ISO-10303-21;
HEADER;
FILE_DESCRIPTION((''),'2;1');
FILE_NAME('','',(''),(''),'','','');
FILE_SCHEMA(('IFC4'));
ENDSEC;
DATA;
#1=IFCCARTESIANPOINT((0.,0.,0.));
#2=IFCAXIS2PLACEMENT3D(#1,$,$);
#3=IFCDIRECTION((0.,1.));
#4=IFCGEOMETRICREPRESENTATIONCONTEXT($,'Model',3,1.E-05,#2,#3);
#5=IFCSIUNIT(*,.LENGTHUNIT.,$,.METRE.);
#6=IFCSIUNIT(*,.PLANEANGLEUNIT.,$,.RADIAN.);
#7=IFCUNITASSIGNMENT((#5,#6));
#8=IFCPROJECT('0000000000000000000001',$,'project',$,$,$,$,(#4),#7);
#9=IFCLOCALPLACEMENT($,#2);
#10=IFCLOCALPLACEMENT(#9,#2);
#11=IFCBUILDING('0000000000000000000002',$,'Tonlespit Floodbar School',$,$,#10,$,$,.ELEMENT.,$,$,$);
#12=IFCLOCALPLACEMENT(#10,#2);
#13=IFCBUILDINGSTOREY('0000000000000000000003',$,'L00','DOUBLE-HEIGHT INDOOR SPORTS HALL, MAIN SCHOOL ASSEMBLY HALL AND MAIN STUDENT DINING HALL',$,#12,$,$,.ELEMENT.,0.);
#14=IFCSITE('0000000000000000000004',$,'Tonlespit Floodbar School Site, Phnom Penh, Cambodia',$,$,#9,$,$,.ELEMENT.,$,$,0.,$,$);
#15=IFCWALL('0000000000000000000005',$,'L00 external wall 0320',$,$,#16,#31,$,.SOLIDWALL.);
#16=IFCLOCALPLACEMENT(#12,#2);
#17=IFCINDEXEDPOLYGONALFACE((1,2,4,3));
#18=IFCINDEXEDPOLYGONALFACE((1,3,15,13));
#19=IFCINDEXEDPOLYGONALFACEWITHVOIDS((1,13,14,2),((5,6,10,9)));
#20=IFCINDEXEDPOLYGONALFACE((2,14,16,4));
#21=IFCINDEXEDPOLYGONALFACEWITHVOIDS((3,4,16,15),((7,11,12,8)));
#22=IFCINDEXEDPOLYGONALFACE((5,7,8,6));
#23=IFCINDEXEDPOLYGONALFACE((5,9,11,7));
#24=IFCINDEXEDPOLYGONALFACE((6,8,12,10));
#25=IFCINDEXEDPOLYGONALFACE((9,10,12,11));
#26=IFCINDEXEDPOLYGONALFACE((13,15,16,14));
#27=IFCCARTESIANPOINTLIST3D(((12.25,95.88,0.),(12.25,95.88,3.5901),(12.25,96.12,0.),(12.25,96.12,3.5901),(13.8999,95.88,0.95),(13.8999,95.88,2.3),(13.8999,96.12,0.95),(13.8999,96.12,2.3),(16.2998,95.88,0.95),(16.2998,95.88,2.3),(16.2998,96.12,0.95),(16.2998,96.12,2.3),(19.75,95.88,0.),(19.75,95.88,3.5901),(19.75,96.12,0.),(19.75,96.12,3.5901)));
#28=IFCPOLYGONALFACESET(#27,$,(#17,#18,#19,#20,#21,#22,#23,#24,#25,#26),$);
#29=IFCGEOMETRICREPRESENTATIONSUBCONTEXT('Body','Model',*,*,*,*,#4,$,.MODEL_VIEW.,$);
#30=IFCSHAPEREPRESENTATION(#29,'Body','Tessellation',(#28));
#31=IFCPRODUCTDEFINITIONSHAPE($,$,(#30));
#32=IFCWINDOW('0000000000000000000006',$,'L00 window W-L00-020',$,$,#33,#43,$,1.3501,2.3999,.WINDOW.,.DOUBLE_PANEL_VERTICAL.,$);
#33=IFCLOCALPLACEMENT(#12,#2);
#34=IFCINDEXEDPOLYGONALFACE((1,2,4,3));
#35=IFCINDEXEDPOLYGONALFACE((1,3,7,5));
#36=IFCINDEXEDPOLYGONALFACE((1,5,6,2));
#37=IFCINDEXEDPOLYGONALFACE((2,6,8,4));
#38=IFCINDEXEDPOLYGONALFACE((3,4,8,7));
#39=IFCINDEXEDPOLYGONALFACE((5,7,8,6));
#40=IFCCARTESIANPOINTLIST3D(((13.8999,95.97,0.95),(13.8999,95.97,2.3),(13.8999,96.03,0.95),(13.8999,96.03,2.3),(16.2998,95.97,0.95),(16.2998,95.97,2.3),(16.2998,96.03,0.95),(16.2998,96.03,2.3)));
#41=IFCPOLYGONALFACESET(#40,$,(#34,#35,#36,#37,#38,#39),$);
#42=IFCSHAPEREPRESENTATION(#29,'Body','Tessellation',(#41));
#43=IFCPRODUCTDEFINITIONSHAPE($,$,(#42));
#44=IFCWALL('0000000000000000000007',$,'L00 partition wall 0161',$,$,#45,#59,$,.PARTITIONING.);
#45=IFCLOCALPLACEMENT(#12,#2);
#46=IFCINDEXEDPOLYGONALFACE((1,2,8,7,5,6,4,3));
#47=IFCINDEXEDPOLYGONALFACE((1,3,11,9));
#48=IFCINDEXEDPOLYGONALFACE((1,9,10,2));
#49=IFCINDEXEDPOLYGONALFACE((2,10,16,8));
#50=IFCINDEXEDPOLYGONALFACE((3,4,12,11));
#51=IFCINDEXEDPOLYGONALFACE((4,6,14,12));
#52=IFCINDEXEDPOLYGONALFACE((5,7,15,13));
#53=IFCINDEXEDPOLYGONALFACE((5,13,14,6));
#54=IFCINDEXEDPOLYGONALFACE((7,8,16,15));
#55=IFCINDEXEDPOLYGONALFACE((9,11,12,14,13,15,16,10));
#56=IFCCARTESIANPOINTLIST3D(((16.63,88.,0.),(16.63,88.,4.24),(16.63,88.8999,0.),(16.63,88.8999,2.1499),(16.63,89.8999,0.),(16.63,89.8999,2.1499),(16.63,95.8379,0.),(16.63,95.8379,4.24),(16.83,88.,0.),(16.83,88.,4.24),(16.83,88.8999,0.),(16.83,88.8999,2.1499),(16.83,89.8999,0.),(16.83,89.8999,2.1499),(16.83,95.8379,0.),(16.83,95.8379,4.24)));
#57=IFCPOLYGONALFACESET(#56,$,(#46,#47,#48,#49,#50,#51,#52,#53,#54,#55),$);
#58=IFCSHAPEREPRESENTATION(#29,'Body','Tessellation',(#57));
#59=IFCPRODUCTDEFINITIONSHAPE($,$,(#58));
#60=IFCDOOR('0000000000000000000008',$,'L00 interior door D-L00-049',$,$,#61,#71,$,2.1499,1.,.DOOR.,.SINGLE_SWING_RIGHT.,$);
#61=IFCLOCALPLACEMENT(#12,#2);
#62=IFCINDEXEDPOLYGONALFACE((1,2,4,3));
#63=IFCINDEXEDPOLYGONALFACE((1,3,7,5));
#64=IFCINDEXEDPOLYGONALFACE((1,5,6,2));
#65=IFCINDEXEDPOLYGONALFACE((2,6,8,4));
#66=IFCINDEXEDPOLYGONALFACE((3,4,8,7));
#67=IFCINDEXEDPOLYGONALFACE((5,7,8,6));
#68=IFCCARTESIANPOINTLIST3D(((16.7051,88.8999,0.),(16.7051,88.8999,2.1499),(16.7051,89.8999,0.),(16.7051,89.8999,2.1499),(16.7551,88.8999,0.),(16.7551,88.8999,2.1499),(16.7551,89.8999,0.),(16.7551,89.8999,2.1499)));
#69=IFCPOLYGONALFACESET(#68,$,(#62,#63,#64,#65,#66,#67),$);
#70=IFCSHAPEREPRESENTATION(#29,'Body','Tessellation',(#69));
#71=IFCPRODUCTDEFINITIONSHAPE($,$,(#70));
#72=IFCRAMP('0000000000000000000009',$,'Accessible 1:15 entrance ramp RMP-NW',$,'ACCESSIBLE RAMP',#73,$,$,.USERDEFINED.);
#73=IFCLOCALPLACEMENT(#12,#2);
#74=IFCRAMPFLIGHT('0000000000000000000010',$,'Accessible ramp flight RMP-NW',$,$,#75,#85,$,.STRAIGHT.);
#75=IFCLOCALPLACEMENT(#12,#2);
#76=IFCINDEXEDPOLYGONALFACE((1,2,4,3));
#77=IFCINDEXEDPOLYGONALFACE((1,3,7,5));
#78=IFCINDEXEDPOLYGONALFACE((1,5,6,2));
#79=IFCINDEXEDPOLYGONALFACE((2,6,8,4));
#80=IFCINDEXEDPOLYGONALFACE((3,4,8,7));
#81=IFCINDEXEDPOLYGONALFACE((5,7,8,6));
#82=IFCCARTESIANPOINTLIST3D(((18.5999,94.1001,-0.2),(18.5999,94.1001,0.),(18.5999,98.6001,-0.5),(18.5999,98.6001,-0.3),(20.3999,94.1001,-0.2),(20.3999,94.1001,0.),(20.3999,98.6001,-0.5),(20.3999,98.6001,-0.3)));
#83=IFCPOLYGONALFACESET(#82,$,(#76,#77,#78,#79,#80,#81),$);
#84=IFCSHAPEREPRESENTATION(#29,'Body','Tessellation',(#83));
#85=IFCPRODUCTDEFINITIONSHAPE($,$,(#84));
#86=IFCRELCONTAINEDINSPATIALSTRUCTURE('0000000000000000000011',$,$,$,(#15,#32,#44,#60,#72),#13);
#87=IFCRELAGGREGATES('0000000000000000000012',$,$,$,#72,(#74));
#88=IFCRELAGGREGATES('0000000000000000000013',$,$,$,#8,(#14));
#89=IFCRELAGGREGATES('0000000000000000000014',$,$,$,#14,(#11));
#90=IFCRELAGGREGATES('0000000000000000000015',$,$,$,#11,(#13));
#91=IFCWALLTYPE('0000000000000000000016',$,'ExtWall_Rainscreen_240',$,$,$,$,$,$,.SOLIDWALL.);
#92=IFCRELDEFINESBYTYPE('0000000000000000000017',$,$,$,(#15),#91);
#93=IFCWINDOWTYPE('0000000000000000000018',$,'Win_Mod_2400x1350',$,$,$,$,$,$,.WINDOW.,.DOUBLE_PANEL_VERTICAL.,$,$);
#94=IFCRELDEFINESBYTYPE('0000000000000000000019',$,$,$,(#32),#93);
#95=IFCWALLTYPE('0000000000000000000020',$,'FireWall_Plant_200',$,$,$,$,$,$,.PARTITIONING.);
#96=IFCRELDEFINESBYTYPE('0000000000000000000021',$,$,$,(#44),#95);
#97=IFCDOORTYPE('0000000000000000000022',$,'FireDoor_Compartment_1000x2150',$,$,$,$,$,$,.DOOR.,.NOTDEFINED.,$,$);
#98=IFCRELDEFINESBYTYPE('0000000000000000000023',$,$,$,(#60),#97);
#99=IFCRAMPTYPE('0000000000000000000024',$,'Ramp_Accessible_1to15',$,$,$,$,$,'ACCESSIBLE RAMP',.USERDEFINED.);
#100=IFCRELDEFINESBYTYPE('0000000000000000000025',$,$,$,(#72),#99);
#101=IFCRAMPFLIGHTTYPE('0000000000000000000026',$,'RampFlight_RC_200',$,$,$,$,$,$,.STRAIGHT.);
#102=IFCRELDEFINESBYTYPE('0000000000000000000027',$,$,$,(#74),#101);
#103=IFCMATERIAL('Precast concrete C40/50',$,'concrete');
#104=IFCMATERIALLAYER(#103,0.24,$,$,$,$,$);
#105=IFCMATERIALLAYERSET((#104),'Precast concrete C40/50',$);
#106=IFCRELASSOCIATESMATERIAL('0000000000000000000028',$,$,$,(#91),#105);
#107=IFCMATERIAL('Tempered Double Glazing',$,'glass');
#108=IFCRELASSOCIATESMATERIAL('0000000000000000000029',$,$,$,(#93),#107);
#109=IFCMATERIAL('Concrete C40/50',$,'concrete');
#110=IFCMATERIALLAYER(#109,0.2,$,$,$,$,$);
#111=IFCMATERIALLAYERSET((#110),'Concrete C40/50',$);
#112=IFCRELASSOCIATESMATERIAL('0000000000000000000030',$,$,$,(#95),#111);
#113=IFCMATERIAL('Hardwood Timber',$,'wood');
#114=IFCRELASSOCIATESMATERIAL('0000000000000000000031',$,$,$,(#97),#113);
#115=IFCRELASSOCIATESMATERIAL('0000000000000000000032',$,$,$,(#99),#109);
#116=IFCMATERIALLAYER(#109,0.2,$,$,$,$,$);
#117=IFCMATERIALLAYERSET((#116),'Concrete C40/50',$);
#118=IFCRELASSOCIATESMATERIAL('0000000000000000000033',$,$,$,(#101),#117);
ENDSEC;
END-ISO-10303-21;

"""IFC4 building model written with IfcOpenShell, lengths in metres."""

from ifc_helpers import new_model, si_unit, direction, frame, frame_2d, origin, place, context, subcontext, project, spatial, polyline, rectangle, outline, extrude, material, layer, layer_set, type_object, element, fill, aggregate, save


model = new_model("IFC4")

# Units and contexts
model_context = context("Model", 3, precision=1e-05, world=origin(), true_north=direction((0.0, 1.0)))
body_context = subcontext(model_context, "Body", "Model", "MODEL_VIEW")
ifc_project = project(units=[si_unit("LENGTHUNIT", "METRE"), si_unit("PLANEANGLEUNIT", "RADIAN")], contexts=[model_context])

# Site, building, storey
site_placement = place(None, origin())
site = spatial("IfcSite", under=ifc_project, at=site_placement, Name="Tonlespit Floodbar School Site, Phnom Penh, Cambodia", CompositionType="ELEMENT", RefElevation=0.0)
building_placement = place(site_placement, origin())
building = spatial("IfcBuilding", under=site, at=building_placement, Name="Tonlespit Floodbar School", CompositionType="ELEMENT")
storey_placement = place(building_placement, origin())
storey = spatial("IfcBuildingStorey", under=building, at=storey_placement, Name="L00", Description="DOUBLE-HEIGHT INDOOR SPORTS HALL, MAIN SCHOOL ASSEMBLY HALL AND MAIN STUDENT DINING HALL", CompositionType="ELEMENT", Elevation=0.0)

# Shared definitions
ifc_material_1 = material(Name="Concrete C40/50", Category="concrete")

# Wall, opening, window
ifc_material_2 = material(Name="Precast concrete C40/50", Category="concrete")
ifc_layer_1 = layer(ifc_material_2, 0.24)
ifc_layer_set_1 = layer_set([ifc_layer_1], Name="Precast concrete C40/50")
wall_type_1 = type_object("IfcWallType", Name="ExtWall_Rainscreen_240", PredefinedType="SOLIDWALL", material=ifc_layer_set_1)
wall_1_placement = place(storey_placement, frame((12.25, 96.0, 0.0), z_axis=(0.0, 0.0, 1.0), x_axis=(1.0, 0.0, 0.0)))
wall_1 = element("IfcWall", 1, at=wall_1_placement, inside=storey, type_object=wall_type_1, Name="L00 external wall 0320", PredefinedType="SOLIDWALL", context=body_context, shape_type="SweptSolid", body=[
    extrude(rectangle(XDim=7.5, YDim=0.24, at=frame_2d((3.75, 0.0))), origin(), (0.0, 0.0, 1.0), 3.5901),
])
opening_1_placement = place(wall_1_placement, frame((1.6499, 0.0, 0.95)))
opening_1 = element("IfcOpeningElement", 2, at=opening_1_placement, cuts=wall_1, PredefinedType="OPENING", context=body_context, shape_type="SweptSolid", body=[
    extrude(rectangle(XDim=2.3999, YDim=1.3501, at=frame_2d((1.2, 0.675))), frame((0.0, 0.1299, 0.0), z_axis=(0.0, -1.0, 0.0), x_axis=(1.0, 0.0, 0.0)), (0.0, 0.0, 1.0), 0.26),
])
ifc_material_3 = material(Name="Tempered Double Glazing", Category="glass")
window_type = type_object("IfcWindowType", Name="Win_Mod_2400x1350", PartitioningType="DOUBLE_PANEL_VERTICAL", PredefinedType="WINDOW", material=ifc_material_3)
window_placement = place(opening_1_placement, origin())
window = element("IfcWindow", 3, at=window_placement, inside=storey, type_object=window_type, Name="L00 window W-L00-020", OverallHeight=1.3501, OverallWidth=2.3999, PartitioningType="DOUBLE_PANEL_VERTICAL", PredefinedType="WINDOW", context=body_context, shape_type="SweptSolid", body=[
    extrude(rectangle(XDim=2.3999, YDim=1.3501, at=frame_2d((1.2, 0.675))), frame((0.0, 0.03, 0.0), z_axis=(0.0, -1.0, 0.0), x_axis=(1.0, 0.0, 0.0)), (0.0, 0.0, 1.0), 0.0601),
])
fill(opening_1, window)

# Wall, opening, door
ifc_layer_2 = layer(ifc_material_1, 0.2)
ifc_layer_set_2 = layer_set([ifc_layer_2], Name="Concrete C40/50")
wall_type_2 = type_object("IfcWallType", Name="FireWall_Plant_200", PredefinedType="PARTITIONING", material=ifc_layer_set_2)
wall_2_placement = place(storey_placement, frame((16.73, 88.0, 0.0), z_axis=(0.0, 0.0, 1.0), x_axis=(0.0, 1.0, 0.0)))
wall_2 = element("IfcWall", 4, at=wall_2_placement, inside=storey, type_object=wall_type_2, Name="L00 partition wall 0161", PredefinedType="PARTITIONING", context=body_context, shape_type="SweptSolid", body=[
    extrude(rectangle(XDim=7.8379, YDim=0.2, at=frame_2d((3.9189, 0.0))), origin(), (0.0, 0.0, 1.0), 4.24),
])
opening_2_placement = place(wall_2_placement, frame((0.8999, 0.0, 0.0)))
opening_2 = element("IfcOpeningElement", 5, at=opening_2_placement, cuts=wall_2, PredefinedType="OPENING", context=body_context, shape_type="SweptSolid", body=[
    extrude(rectangle(XDim=1.0, YDim=2.1499, at=frame_2d((0.5, 1.075))), frame((0.0, 0.1099, 0.0), z_axis=(0.0, -1.0, 0.0), x_axis=(1.0, 0.0, 0.0)), (0.0, 0.0, 1.0), 0.22),
])
ifc_material_4 = material(Name="Hardwood Timber", Category="wood")
door_type = type_object("IfcDoorType", Name="FireDoor_Compartment_1000x2150", OperationType="NOTDEFINED", PredefinedType="DOOR", material=ifc_material_4)
door_placement = place(opening_2_placement, origin())
door = element("IfcDoor", 6, at=door_placement, inside=storey, type_object=door_type, Name="L00 interior door D-L00-049", OperationType="SINGLE_SWING_RIGHT", OverallHeight=2.1499, OverallWidth=1.0, PredefinedType="DOOR", context=body_context, shape_type="SweptSolid", body=[
    extrude(rectangle(XDim=1.0, YDim=2.1499, at=frame_2d((0.5, 1.075))), frame((0.0, 0.0249, 0.0), z_axis=(0.0, -1.0, 0.0), x_axis=(1.0, 0.0, 0.0)), (0.0, 0.0, 1.0), 0.05),
])
fill(opening_2, door)

# Ramp, ramp flight
ramp_type = type_object("IfcRampType", Name="Ramp_Accessible_1to15", ElementType="ACCESSIBLE RAMP", PredefinedType="USERDEFINED", material=ifc_material_1)
ramp_placement = place(storey_placement, origin())
ramp = element("IfcRamp", 7, at=ramp_placement, inside=storey, type_object=ramp_type, Name="Accessible 1:15 entrance ramp RMP-NW", ObjectType="ACCESSIBLE RAMP", PredefinedType="USERDEFINED")
ifc_layer_3 = layer(ifc_material_1, 0.2)
ifc_layer_set_3 = layer_set([ifc_layer_3], Name="Concrete C40/50")
ramp_flight_type = type_object("IfcRampFlightType", Name="RampFlight_RC_200", PredefinedType="STRAIGHT", material=ifc_layer_set_3)
ramp_flight_placement = place(storey_placement, frame((19.5, 98.6001, -0.3), z_axis=(0.0, 0.0, 1.0), x_axis=(0.0, -1.0, 0.0)))
ramp_flight = element("IfcRampFlight", 8, at=ramp_flight_placement, type_object=ramp_flight_type, Name="Accessible ramp flight RMP-NW", PredefinedType="STRAIGHT", context=body_context, shape_type="SweptSolid", body=[
    extrude(outline(polyline([(0.0, 0.0), (0.0, -0.2), (4.5, 0.1001), (4.5, 0.3), (0.0, 0.0)])), frame((0.0, 0.8999, 0.0), z_axis=(0.0, -1.0, 0.0), x_axis=(1.0, 0.0, 0.0)), (0.0, 0.0, 1.0), 1.8),
])
aggregate(ramp, [ramp_flight])

save(model, "model.ifc")
